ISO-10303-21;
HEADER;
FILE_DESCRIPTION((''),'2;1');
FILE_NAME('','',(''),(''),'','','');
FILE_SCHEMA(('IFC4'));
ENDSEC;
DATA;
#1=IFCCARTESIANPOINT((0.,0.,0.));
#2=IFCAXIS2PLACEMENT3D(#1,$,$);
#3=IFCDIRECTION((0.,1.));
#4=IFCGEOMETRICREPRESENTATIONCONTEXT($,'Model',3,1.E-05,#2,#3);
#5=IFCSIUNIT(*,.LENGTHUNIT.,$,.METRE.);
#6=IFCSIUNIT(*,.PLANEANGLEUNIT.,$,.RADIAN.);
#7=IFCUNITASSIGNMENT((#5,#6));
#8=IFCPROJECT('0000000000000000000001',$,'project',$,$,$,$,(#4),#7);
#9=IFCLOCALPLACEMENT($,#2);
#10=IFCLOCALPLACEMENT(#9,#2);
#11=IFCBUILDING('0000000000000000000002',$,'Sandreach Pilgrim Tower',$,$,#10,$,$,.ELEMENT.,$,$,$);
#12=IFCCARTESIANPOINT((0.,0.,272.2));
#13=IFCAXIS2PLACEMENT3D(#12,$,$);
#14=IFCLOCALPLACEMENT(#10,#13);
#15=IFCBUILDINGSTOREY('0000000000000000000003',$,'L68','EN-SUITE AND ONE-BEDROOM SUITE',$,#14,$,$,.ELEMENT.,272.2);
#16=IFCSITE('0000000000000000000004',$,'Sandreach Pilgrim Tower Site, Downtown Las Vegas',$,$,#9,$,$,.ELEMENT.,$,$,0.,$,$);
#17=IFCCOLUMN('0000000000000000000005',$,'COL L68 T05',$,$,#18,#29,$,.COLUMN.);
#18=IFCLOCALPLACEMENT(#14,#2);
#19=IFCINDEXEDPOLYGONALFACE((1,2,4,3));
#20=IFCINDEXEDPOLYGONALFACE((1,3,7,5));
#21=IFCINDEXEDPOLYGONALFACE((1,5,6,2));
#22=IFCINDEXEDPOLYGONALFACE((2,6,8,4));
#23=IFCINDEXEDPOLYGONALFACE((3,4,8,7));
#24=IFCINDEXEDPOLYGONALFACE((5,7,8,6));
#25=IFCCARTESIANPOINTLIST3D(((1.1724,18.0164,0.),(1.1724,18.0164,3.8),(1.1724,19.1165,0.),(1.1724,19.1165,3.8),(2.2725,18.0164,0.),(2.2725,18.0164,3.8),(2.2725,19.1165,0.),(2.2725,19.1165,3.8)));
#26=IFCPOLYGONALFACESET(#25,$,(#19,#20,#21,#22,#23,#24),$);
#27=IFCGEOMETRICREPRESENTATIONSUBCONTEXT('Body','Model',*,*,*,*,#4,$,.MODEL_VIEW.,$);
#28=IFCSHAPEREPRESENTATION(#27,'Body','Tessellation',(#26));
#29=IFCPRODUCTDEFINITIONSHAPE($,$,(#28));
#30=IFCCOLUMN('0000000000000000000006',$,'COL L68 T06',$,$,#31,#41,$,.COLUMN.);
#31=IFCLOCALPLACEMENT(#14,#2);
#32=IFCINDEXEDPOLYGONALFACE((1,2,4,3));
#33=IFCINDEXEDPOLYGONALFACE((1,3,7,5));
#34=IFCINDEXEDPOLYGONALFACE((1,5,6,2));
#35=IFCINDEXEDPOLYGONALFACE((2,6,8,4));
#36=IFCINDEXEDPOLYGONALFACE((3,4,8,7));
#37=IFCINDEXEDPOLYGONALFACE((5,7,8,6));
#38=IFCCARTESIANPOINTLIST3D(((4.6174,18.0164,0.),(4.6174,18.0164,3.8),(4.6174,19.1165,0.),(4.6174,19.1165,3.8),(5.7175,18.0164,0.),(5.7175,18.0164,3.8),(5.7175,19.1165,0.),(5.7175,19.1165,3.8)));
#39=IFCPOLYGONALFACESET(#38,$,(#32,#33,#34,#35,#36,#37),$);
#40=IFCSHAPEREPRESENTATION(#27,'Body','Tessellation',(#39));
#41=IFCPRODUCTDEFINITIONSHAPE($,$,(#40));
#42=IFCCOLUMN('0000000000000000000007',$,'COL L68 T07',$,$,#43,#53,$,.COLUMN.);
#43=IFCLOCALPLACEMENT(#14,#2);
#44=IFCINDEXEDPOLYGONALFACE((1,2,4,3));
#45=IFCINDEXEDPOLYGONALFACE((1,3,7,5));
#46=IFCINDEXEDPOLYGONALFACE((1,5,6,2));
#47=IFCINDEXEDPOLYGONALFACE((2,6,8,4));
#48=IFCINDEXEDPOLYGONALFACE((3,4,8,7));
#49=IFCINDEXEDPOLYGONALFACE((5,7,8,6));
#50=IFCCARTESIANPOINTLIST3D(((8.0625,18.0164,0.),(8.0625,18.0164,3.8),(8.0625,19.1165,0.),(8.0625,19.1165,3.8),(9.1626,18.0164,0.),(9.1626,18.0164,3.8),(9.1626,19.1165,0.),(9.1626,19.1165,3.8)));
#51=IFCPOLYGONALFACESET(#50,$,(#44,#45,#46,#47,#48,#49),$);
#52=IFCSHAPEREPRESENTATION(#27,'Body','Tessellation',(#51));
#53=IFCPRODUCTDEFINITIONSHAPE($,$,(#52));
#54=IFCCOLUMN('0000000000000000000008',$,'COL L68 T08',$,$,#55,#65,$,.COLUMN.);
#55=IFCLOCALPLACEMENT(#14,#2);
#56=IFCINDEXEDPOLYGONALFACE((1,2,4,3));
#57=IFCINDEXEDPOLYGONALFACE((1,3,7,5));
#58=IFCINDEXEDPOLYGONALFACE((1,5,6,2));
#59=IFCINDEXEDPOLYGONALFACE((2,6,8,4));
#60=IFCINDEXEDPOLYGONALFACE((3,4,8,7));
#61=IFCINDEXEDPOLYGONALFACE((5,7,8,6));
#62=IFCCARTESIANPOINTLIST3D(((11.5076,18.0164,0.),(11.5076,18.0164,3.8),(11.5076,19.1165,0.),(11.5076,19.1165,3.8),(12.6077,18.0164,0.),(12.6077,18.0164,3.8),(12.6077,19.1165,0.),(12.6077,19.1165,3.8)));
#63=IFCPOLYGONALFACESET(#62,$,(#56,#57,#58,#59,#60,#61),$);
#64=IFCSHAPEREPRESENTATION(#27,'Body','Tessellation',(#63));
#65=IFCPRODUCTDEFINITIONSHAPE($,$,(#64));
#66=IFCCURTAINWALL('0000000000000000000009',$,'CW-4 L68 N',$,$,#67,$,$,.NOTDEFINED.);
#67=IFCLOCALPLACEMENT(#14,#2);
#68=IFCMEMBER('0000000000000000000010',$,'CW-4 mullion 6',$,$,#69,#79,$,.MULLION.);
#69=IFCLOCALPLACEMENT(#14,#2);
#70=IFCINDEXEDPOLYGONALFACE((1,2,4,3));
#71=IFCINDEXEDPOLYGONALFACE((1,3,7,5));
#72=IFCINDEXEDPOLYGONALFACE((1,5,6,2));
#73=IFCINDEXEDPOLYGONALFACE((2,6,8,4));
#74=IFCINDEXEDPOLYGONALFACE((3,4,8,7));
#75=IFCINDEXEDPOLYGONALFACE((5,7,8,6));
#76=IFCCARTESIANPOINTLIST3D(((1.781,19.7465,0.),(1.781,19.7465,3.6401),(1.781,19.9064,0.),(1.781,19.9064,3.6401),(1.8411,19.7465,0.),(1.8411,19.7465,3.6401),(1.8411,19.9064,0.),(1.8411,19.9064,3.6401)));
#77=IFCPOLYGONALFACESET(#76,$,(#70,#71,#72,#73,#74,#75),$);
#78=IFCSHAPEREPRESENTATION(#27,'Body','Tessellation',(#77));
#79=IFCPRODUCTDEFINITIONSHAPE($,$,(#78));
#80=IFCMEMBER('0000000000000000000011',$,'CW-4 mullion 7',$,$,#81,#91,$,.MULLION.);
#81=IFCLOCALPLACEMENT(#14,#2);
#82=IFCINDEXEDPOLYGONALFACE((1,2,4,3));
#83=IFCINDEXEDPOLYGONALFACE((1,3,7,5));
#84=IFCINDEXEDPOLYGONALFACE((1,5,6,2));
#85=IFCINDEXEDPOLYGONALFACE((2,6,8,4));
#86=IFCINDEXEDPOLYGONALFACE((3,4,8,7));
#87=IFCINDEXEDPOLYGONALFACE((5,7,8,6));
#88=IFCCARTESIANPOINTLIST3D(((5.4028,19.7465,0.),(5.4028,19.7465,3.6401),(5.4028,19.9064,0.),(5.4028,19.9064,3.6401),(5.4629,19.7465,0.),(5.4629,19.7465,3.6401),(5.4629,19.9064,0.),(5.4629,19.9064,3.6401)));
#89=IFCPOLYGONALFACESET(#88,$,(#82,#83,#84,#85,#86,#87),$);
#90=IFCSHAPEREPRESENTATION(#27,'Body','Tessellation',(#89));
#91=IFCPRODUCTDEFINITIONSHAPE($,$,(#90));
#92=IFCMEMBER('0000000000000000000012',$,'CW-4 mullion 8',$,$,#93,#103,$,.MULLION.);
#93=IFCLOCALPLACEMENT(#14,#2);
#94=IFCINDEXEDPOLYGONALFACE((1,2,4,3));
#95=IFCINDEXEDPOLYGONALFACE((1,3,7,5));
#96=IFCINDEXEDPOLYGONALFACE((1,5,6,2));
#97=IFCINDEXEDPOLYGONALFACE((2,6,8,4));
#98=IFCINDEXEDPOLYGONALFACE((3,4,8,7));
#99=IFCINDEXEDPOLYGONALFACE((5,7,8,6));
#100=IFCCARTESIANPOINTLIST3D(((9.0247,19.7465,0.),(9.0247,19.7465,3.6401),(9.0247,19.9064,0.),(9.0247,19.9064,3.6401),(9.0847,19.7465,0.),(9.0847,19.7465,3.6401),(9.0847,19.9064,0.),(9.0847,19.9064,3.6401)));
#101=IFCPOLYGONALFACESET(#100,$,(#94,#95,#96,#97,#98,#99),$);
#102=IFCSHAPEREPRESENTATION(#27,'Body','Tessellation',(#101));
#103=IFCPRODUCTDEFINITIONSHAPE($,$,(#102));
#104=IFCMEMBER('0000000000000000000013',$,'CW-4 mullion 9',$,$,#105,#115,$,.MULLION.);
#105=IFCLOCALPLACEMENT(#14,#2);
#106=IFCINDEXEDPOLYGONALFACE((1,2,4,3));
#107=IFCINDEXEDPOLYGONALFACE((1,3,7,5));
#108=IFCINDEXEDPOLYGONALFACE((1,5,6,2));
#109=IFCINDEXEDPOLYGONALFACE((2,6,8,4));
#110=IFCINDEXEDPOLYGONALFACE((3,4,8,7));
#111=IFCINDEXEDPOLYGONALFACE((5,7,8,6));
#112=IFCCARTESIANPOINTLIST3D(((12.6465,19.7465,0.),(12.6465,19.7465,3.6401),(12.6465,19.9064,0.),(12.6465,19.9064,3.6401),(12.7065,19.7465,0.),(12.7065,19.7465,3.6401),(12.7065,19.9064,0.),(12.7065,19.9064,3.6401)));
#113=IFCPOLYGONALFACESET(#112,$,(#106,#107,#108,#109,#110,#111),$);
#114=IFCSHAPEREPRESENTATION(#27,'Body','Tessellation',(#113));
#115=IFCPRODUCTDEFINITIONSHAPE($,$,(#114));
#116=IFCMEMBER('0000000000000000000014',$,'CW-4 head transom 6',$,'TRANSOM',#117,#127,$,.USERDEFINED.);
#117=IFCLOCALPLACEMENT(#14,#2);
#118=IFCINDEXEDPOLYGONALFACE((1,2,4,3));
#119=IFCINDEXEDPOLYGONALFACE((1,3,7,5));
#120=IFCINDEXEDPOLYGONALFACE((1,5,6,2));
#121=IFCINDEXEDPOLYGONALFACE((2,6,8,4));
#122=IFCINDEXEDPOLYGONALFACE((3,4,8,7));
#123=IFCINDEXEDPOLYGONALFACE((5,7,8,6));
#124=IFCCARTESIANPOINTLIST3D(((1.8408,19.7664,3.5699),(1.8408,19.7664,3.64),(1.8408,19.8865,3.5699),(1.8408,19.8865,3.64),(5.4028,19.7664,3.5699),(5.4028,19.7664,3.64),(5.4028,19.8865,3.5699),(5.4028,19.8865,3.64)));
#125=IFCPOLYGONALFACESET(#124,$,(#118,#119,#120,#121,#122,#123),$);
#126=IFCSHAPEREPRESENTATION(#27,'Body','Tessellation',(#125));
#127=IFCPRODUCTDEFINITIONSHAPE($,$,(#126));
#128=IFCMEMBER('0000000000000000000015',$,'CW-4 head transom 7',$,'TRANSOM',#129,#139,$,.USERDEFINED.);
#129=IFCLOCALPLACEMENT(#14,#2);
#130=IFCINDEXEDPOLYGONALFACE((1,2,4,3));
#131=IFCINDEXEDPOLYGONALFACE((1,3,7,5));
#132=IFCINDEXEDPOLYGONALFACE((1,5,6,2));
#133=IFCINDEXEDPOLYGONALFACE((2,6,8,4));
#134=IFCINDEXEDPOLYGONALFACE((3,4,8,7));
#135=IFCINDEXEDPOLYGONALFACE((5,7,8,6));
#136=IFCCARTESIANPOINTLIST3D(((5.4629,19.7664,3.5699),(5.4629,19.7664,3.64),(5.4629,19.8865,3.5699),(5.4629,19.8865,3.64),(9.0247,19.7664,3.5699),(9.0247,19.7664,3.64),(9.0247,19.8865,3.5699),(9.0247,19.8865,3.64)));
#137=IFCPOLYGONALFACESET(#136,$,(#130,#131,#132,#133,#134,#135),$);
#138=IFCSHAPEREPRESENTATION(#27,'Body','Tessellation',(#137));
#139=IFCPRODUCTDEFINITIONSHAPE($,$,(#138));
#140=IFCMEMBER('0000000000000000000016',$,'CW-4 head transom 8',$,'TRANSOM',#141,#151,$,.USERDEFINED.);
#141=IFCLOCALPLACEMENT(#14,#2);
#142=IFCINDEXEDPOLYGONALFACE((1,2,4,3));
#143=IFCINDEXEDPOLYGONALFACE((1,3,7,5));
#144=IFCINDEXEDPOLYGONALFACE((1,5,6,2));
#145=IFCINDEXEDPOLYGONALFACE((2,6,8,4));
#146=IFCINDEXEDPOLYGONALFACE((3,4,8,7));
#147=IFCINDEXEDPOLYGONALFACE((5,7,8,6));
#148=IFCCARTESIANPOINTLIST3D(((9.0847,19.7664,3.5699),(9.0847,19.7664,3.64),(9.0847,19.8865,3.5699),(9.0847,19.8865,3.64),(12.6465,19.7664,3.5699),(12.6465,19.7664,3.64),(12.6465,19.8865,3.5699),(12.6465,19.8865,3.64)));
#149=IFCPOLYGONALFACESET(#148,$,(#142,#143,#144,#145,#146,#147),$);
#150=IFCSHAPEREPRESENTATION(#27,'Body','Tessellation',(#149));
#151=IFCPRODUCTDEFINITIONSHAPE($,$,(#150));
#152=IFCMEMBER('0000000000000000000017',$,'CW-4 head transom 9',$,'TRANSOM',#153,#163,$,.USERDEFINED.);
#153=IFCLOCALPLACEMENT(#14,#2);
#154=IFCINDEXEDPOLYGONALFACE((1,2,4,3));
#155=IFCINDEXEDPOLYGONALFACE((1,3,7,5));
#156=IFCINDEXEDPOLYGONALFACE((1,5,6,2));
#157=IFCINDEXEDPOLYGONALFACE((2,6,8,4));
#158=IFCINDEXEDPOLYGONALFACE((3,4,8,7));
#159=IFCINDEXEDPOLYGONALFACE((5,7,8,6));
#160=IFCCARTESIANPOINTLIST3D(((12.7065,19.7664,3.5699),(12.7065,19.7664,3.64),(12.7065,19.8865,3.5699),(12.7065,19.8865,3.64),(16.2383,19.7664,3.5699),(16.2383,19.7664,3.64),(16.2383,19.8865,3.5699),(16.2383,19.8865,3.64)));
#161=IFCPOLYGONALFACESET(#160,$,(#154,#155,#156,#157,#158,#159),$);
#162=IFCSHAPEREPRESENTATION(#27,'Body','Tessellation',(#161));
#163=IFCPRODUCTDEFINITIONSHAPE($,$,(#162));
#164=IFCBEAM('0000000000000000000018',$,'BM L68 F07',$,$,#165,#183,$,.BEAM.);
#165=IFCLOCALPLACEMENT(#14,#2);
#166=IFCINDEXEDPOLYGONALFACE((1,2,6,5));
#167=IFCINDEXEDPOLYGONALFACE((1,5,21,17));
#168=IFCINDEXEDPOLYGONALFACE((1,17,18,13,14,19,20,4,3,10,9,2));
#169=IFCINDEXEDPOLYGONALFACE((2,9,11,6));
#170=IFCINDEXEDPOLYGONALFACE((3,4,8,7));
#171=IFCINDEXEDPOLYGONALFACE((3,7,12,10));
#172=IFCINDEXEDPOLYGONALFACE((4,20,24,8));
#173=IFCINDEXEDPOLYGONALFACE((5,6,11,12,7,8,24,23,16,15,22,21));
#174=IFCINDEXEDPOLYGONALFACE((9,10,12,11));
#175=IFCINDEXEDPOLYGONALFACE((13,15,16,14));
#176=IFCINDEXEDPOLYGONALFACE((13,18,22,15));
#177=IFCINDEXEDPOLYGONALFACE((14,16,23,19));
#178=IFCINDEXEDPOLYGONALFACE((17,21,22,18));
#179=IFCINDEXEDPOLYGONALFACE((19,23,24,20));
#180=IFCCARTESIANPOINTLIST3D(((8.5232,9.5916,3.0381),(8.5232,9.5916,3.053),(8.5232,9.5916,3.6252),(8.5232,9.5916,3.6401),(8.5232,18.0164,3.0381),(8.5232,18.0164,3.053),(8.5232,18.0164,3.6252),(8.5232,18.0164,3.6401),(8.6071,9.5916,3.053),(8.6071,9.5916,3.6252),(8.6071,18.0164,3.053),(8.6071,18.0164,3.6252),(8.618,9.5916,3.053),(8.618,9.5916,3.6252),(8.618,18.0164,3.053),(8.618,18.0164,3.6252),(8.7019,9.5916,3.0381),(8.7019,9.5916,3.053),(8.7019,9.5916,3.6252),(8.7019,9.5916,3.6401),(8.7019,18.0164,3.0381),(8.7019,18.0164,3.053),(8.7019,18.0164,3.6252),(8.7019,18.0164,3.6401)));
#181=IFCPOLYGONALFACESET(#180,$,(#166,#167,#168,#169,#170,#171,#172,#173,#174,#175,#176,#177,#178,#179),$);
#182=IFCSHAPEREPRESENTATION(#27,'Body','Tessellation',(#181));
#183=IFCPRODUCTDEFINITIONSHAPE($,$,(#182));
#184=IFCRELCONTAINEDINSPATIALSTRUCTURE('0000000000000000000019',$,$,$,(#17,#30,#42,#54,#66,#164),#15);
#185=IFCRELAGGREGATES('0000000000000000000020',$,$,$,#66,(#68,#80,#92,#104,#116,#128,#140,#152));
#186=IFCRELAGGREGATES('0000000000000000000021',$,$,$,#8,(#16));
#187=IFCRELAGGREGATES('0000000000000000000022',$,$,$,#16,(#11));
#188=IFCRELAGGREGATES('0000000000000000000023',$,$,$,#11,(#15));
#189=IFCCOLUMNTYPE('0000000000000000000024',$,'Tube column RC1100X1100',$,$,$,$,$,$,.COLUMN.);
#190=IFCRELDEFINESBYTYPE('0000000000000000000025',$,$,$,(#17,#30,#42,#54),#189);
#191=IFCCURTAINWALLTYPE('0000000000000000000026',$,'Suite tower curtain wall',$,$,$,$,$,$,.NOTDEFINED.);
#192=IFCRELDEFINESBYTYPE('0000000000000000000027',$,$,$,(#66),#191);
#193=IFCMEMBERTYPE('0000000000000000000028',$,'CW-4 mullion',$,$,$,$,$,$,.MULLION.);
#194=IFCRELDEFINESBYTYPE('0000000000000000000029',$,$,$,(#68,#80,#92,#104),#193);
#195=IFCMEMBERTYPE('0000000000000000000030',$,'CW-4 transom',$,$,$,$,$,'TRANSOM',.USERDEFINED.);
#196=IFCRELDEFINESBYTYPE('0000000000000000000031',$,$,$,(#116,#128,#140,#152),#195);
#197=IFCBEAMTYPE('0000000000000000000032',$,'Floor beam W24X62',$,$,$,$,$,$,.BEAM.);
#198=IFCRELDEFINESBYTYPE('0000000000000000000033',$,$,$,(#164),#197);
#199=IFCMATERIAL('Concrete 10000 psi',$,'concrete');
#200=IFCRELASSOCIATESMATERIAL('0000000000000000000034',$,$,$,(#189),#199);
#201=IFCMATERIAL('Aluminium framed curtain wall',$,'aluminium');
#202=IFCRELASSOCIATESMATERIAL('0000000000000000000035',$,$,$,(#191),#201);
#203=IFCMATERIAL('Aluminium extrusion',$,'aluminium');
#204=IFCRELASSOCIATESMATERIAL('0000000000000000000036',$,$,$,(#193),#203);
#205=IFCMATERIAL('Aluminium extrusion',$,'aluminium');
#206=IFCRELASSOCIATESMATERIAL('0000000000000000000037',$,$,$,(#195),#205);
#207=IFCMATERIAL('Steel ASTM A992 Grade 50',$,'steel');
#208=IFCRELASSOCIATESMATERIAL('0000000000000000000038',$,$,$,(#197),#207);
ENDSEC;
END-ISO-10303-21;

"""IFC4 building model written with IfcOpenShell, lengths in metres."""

from ifc_helpers import new_model, si_unit, direction, frame, origin, origin_2d, place, context, subcontext, project, spatial, rectangle, i_section, extrude, material, material_profile, profile_set, type_object, element, aggregate, save


model = new_model("IFC4")

# Units and contexts
model_context = context("Model", 3, precision=1e-05, world=origin(), true_north=direction((0.0, 1.0)))
body_context = subcontext(model_context, "Body", "Model", "MODEL_VIEW")
ifc_project = project(units=[si_unit("LENGTHUNIT", "METRE"), si_unit("PLANEANGLEUNIT", "RADIAN")], contexts=[model_context])

# Site, building, storey
site_placement = place(None, origin())
site = spatial("IfcSite", under=ifc_project, at=site_placement, Name="Sandreach Pilgrim Tower Site, Downtown Las Vegas", CompositionType="ELEMENT", RefElevation=0.0)
building_placement = place(site_placement, origin())
building = spatial("IfcBuilding", under=site, at=building_placement, Name="Sandreach Pilgrim Tower", CompositionType="ELEMENT")
storey_placement = place(building_placement, frame((0.0, 0.0, 272.2)))
storey = spatial("IfcBuildingStorey", under=building, at=storey_placement, Name="L68", Description="EN-SUITE AND ONE-BEDROOM SUITE", CompositionType="ELEMENT", Elevation=272.2)

# Columns
ifc_material_1 = material(Name="Concrete 10000 psi", Category="concrete")
ifc_material_profile_1 = material_profile(ifc_material_1, rectangle(XDim=1.1001, YDim=1.1001, at=origin_2d()), Name="RC1100X1100")
ifc_profile_set_1 = profile_set([ifc_material_profile_1], Name="Concrete 10000 psi")
column_type = type_object("IfcColumnType", Name="Tube column RC1100X1100", PredefinedType="COLUMN", material=ifc_profile_set_1)
for number, where, z_axis, x_axis, name in (
    (1, (1.7224, 18.5664, 0.0), (0.0, 0.0, 1.0), (0.0, 1.0, 0.0), "COL L68 T05"),
    (2, (5.1675, 18.5664, 0.0), (0.0, 0.0, 1.0), (0.0, 1.0, 0.0), "COL L68 T06"),
    (3, (8.6125, 18.5664, 0.0), (0.0, 0.0, 1.0), (0.0, 1.0, 0.0), "COL L68 T07"),
    (4, (12.0576, 18.5664, 0.0), (0.0, 0.0, 1.0), (0.0, 1.0, 0.0), "COL L68 T08"),
):
    element("IfcColumn", number, at=place(storey_placement, frame(where, z_axis=z_axis, x_axis=x_axis)), inside=storey, type_object=column_type, Name=name, PredefinedType="COLUMN", context=body_context, shape_type="SweptSolid", body=[
        extrude(rectangle(XDim=1.1001, YDim=1.1001, at=origin_2d()), origin(), (0.0, 0.0, 1.0), 3.8),
    ])

# Curtain wall, members
ifc_material_2 = material(Name="Aluminium framed curtain wall", Category="aluminium")
curtain_wall_type = type_object("IfcCurtainWallType", Name="Suite tower curtain wall", PredefinedType="NOTDEFINED", material=ifc_material_2)
curtain_wall_placement = place(storey_placement, origin())
curtain_wall = element("IfcCurtainWall", 5, at=curtain_wall_placement, inside=storey, type_object=curtain_wall_type, Name="CW-4 L68 N", PredefinedType="NOTDEFINED")
ifc_material_3 = material(Name="Aluminium extrusion", Category="aluminium")
ifc_material_profile_2 = material_profile(ifc_material_3, rectangle(XDim=0.0601, YDim=0.1599, at=origin_2d()), Name="CW-4M 60X160")
ifc_profile_set_2 = profile_set([ifc_material_profile_2], Name="Aluminium extrusion")
member_type_1 = type_object("IfcMemberType", Name="CW-4 mullion", PredefinedType="MULLION", material=ifc_profile_set_2)
member_1_placement = place(storey_placement, frame((1.811, 19.8264, 0.0), z_axis=(0.0, 0.0, 1.0), x_axis=(1.0, 0.0, 0.0)))
member_1 = element("IfcMember", 6, at=member_1_placement, type_object=member_type_1, Name="CW-4 mullion 6", PredefinedType="MULLION", context=body_context, shape_type="SweptSolid", body=[
    extrude(rectangle(XDim=0.0601, YDim=0.1599, at=origin_2d()), origin(), (0.0, 0.0, 1.0), 3.6401),
])
member_2_placement = place(storey_placement, frame((5.4329, 19.8264, 0.0), z_axis=(0.0, 0.0, 1.0), x_axis=(1.0, 0.0, 0.0)))
member_2 = element("IfcMember", 7, at=member_2_placement, type_object=member_type_1, Name="CW-4 mullion 7", PredefinedType="MULLION", context=body_context, shape_type="SweptSolid", body=[
    extrude(rectangle(XDim=0.0601, YDim=0.1599, at=origin_2d()), origin(), (0.0, 0.0, 1.0), 3.6401),
])
member_3_placement = place(storey_placement, frame((9.0547, 19.8264, 0.0), z_axis=(0.0, 0.0, 1.0), x_axis=(1.0, 0.0, 0.0)))
member_3 = element("IfcMember", 8, at=member_3_placement, type_object=member_type_1, Name="CW-4 mullion 8", PredefinedType="MULLION", context=body_context, shape_type="SweptSolid", body=[
    extrude(rectangle(XDim=0.0601, YDim=0.1599, at=origin_2d()), origin(), (0.0, 0.0, 1.0), 3.6401),
])
member_4_placement = place(storey_placement, frame((12.6765, 19.8264, 0.0), z_axis=(0.0, 0.0, 1.0), x_axis=(1.0, 0.0, 0.0)))
member_4 = element("IfcMember", 9, at=member_4_placement, type_object=member_type_1, Name="CW-4 mullion 9", PredefinedType="MULLION", context=body_context, shape_type="SweptSolid", body=[
    extrude(rectangle(XDim=0.0601, YDim=0.1599, at=origin_2d()), origin(), (0.0, 0.0, 1.0), 3.6401),
])
ifc_material_4 = material(Name="Aluminium extrusion", Category="aluminium")
ifc_material_profile_3 = material_profile(ifc_material_4, rectangle(XDim=0.1201, YDim=0.0701, at=origin_2d()), Name="CW-4T 120X70")
ifc_profile_set_3 = profile_set([ifc_material_profile_3], Name="Aluminium extrusion")
member_type_2 = type_object("IfcMemberType", Name="CW-4 transom", ElementType="TRANSOM", PredefinedType="USERDEFINED", material=ifc_profile_set_3)
member_5_placement = place(storey_placement, frame((1.8408, 19.8264, 3.605), z_axis=(1.0, 0.0, 0.0), x_axis=(0.0, 1.0, 0.0)))
member_5 = element("IfcMember", 10, at=member_5_placement, type_object=member_type_2, Name="CW-4 head transom 6", ObjectType="TRANSOM", PredefinedType="USERDEFINED", context=body_context, shape_type="SweptSolid", body=[
    extrude(rectangle(XDim=0.1201, YDim=0.0701, at=origin_2d()), origin(), (0.0, 0.0, 1.0), 3.562),
])
member_6_placement = place(storey_placement, frame((5.4629, 19.8264, 3.605), z_axis=(1.0, 0.0, 0.0), x_axis=(0.0, 1.0, 0.0)))
member_6 = element("IfcMember", 11, at=member_6_placement, type_object=member_type_2, Name="CW-4 head transom 7", ObjectType="TRANSOM", PredefinedType="USERDEFINED", context=body_context, shape_type="SweptSolid", body=[
    extrude(rectangle(XDim=0.1201, YDim=0.0701, at=origin_2d()), origin(), (0.0, 0.0, 1.0), 3.5618),
])
member_7_placement = place(storey_placement, frame((9.0847, 19.8264, 3.605), z_axis=(1.0, 0.0, 0.0), x_axis=(0.0, 1.0, 0.0)))
member_7 = element("IfcMember", 12, at=member_7_placement, type_object=member_type_2, Name="CW-4 head transom 8", ObjectType="TRANSOM", PredefinedType="USERDEFINED", context=body_context, shape_type="SweptSolid", body=[
    extrude(rectangle(XDim=0.1201, YDim=0.0701, at=origin_2d()), origin(), (0.0, 0.0, 1.0), 3.5618),
])
member_8_placement = place(storey_placement, frame((12.7065, 19.8264, 3.605), z_axis=(1.0, 0.0, 0.0), x_axis=(0.0, 1.0, 0.0)))
member_8 = element("IfcMember", 13, at=member_8_placement, type_object=member_type_2, Name="CW-4 head transom 9", ObjectType="TRANSOM", PredefinedType="USERDEFINED", context=body_context, shape_type="SweptSolid", body=[
    extrude(rectangle(XDim=0.1201, YDim=0.0701, at=origin_2d()), origin(), (0.0, 0.0, 1.0), 3.5317),
])

# Beam
ifc_material_5 = material(Name="Steel ASTM A992 Grade 50", Category="steel")
ifc_material_profile_4 = material_profile(ifc_material_5, i_section(OverallWidth=0.1787, OverallDepth=0.6021, WebThickness=0.011, FlangeThickness=0.0149, at=origin_2d()), Name="W24X62")
ifc_profile_set_4 = profile_set([ifc_material_profile_4], Name="Steel ASTM A992 Grade 50")
beam_type_1 = type_object("IfcBeamType", Name="Floor beam W24X62", PredefinedType="BEAM", material=ifc_profile_set_4)
beam_1_placement = place(storey_placement, frame((8.6125, 18.0164, 3.3391), z_axis=(0.0, -1.0, 0.0), x_axis=(1.0, 0.0, 0.0)))
element("IfcBeam", 14, at=beam_1_placement, inside=storey, type_object=beam_type_1, Name="BM L68 F07", PredefinedType="BEAM", context=body_context, shape_type="SweptSolid", body=[
    extrude(i_section(OverallWidth=0.1787, OverallDepth=0.6021, WebThickness=0.011, FlangeThickness=0.0149, at=origin_2d()), origin(), (0.0, 0.0, 1.0), 8.4248),
])

aggregate(curtain_wall, [member_1, member_2, member_3, member_4, member_5, member_6, member_7, member_8])

save(model, "model.ifc")
